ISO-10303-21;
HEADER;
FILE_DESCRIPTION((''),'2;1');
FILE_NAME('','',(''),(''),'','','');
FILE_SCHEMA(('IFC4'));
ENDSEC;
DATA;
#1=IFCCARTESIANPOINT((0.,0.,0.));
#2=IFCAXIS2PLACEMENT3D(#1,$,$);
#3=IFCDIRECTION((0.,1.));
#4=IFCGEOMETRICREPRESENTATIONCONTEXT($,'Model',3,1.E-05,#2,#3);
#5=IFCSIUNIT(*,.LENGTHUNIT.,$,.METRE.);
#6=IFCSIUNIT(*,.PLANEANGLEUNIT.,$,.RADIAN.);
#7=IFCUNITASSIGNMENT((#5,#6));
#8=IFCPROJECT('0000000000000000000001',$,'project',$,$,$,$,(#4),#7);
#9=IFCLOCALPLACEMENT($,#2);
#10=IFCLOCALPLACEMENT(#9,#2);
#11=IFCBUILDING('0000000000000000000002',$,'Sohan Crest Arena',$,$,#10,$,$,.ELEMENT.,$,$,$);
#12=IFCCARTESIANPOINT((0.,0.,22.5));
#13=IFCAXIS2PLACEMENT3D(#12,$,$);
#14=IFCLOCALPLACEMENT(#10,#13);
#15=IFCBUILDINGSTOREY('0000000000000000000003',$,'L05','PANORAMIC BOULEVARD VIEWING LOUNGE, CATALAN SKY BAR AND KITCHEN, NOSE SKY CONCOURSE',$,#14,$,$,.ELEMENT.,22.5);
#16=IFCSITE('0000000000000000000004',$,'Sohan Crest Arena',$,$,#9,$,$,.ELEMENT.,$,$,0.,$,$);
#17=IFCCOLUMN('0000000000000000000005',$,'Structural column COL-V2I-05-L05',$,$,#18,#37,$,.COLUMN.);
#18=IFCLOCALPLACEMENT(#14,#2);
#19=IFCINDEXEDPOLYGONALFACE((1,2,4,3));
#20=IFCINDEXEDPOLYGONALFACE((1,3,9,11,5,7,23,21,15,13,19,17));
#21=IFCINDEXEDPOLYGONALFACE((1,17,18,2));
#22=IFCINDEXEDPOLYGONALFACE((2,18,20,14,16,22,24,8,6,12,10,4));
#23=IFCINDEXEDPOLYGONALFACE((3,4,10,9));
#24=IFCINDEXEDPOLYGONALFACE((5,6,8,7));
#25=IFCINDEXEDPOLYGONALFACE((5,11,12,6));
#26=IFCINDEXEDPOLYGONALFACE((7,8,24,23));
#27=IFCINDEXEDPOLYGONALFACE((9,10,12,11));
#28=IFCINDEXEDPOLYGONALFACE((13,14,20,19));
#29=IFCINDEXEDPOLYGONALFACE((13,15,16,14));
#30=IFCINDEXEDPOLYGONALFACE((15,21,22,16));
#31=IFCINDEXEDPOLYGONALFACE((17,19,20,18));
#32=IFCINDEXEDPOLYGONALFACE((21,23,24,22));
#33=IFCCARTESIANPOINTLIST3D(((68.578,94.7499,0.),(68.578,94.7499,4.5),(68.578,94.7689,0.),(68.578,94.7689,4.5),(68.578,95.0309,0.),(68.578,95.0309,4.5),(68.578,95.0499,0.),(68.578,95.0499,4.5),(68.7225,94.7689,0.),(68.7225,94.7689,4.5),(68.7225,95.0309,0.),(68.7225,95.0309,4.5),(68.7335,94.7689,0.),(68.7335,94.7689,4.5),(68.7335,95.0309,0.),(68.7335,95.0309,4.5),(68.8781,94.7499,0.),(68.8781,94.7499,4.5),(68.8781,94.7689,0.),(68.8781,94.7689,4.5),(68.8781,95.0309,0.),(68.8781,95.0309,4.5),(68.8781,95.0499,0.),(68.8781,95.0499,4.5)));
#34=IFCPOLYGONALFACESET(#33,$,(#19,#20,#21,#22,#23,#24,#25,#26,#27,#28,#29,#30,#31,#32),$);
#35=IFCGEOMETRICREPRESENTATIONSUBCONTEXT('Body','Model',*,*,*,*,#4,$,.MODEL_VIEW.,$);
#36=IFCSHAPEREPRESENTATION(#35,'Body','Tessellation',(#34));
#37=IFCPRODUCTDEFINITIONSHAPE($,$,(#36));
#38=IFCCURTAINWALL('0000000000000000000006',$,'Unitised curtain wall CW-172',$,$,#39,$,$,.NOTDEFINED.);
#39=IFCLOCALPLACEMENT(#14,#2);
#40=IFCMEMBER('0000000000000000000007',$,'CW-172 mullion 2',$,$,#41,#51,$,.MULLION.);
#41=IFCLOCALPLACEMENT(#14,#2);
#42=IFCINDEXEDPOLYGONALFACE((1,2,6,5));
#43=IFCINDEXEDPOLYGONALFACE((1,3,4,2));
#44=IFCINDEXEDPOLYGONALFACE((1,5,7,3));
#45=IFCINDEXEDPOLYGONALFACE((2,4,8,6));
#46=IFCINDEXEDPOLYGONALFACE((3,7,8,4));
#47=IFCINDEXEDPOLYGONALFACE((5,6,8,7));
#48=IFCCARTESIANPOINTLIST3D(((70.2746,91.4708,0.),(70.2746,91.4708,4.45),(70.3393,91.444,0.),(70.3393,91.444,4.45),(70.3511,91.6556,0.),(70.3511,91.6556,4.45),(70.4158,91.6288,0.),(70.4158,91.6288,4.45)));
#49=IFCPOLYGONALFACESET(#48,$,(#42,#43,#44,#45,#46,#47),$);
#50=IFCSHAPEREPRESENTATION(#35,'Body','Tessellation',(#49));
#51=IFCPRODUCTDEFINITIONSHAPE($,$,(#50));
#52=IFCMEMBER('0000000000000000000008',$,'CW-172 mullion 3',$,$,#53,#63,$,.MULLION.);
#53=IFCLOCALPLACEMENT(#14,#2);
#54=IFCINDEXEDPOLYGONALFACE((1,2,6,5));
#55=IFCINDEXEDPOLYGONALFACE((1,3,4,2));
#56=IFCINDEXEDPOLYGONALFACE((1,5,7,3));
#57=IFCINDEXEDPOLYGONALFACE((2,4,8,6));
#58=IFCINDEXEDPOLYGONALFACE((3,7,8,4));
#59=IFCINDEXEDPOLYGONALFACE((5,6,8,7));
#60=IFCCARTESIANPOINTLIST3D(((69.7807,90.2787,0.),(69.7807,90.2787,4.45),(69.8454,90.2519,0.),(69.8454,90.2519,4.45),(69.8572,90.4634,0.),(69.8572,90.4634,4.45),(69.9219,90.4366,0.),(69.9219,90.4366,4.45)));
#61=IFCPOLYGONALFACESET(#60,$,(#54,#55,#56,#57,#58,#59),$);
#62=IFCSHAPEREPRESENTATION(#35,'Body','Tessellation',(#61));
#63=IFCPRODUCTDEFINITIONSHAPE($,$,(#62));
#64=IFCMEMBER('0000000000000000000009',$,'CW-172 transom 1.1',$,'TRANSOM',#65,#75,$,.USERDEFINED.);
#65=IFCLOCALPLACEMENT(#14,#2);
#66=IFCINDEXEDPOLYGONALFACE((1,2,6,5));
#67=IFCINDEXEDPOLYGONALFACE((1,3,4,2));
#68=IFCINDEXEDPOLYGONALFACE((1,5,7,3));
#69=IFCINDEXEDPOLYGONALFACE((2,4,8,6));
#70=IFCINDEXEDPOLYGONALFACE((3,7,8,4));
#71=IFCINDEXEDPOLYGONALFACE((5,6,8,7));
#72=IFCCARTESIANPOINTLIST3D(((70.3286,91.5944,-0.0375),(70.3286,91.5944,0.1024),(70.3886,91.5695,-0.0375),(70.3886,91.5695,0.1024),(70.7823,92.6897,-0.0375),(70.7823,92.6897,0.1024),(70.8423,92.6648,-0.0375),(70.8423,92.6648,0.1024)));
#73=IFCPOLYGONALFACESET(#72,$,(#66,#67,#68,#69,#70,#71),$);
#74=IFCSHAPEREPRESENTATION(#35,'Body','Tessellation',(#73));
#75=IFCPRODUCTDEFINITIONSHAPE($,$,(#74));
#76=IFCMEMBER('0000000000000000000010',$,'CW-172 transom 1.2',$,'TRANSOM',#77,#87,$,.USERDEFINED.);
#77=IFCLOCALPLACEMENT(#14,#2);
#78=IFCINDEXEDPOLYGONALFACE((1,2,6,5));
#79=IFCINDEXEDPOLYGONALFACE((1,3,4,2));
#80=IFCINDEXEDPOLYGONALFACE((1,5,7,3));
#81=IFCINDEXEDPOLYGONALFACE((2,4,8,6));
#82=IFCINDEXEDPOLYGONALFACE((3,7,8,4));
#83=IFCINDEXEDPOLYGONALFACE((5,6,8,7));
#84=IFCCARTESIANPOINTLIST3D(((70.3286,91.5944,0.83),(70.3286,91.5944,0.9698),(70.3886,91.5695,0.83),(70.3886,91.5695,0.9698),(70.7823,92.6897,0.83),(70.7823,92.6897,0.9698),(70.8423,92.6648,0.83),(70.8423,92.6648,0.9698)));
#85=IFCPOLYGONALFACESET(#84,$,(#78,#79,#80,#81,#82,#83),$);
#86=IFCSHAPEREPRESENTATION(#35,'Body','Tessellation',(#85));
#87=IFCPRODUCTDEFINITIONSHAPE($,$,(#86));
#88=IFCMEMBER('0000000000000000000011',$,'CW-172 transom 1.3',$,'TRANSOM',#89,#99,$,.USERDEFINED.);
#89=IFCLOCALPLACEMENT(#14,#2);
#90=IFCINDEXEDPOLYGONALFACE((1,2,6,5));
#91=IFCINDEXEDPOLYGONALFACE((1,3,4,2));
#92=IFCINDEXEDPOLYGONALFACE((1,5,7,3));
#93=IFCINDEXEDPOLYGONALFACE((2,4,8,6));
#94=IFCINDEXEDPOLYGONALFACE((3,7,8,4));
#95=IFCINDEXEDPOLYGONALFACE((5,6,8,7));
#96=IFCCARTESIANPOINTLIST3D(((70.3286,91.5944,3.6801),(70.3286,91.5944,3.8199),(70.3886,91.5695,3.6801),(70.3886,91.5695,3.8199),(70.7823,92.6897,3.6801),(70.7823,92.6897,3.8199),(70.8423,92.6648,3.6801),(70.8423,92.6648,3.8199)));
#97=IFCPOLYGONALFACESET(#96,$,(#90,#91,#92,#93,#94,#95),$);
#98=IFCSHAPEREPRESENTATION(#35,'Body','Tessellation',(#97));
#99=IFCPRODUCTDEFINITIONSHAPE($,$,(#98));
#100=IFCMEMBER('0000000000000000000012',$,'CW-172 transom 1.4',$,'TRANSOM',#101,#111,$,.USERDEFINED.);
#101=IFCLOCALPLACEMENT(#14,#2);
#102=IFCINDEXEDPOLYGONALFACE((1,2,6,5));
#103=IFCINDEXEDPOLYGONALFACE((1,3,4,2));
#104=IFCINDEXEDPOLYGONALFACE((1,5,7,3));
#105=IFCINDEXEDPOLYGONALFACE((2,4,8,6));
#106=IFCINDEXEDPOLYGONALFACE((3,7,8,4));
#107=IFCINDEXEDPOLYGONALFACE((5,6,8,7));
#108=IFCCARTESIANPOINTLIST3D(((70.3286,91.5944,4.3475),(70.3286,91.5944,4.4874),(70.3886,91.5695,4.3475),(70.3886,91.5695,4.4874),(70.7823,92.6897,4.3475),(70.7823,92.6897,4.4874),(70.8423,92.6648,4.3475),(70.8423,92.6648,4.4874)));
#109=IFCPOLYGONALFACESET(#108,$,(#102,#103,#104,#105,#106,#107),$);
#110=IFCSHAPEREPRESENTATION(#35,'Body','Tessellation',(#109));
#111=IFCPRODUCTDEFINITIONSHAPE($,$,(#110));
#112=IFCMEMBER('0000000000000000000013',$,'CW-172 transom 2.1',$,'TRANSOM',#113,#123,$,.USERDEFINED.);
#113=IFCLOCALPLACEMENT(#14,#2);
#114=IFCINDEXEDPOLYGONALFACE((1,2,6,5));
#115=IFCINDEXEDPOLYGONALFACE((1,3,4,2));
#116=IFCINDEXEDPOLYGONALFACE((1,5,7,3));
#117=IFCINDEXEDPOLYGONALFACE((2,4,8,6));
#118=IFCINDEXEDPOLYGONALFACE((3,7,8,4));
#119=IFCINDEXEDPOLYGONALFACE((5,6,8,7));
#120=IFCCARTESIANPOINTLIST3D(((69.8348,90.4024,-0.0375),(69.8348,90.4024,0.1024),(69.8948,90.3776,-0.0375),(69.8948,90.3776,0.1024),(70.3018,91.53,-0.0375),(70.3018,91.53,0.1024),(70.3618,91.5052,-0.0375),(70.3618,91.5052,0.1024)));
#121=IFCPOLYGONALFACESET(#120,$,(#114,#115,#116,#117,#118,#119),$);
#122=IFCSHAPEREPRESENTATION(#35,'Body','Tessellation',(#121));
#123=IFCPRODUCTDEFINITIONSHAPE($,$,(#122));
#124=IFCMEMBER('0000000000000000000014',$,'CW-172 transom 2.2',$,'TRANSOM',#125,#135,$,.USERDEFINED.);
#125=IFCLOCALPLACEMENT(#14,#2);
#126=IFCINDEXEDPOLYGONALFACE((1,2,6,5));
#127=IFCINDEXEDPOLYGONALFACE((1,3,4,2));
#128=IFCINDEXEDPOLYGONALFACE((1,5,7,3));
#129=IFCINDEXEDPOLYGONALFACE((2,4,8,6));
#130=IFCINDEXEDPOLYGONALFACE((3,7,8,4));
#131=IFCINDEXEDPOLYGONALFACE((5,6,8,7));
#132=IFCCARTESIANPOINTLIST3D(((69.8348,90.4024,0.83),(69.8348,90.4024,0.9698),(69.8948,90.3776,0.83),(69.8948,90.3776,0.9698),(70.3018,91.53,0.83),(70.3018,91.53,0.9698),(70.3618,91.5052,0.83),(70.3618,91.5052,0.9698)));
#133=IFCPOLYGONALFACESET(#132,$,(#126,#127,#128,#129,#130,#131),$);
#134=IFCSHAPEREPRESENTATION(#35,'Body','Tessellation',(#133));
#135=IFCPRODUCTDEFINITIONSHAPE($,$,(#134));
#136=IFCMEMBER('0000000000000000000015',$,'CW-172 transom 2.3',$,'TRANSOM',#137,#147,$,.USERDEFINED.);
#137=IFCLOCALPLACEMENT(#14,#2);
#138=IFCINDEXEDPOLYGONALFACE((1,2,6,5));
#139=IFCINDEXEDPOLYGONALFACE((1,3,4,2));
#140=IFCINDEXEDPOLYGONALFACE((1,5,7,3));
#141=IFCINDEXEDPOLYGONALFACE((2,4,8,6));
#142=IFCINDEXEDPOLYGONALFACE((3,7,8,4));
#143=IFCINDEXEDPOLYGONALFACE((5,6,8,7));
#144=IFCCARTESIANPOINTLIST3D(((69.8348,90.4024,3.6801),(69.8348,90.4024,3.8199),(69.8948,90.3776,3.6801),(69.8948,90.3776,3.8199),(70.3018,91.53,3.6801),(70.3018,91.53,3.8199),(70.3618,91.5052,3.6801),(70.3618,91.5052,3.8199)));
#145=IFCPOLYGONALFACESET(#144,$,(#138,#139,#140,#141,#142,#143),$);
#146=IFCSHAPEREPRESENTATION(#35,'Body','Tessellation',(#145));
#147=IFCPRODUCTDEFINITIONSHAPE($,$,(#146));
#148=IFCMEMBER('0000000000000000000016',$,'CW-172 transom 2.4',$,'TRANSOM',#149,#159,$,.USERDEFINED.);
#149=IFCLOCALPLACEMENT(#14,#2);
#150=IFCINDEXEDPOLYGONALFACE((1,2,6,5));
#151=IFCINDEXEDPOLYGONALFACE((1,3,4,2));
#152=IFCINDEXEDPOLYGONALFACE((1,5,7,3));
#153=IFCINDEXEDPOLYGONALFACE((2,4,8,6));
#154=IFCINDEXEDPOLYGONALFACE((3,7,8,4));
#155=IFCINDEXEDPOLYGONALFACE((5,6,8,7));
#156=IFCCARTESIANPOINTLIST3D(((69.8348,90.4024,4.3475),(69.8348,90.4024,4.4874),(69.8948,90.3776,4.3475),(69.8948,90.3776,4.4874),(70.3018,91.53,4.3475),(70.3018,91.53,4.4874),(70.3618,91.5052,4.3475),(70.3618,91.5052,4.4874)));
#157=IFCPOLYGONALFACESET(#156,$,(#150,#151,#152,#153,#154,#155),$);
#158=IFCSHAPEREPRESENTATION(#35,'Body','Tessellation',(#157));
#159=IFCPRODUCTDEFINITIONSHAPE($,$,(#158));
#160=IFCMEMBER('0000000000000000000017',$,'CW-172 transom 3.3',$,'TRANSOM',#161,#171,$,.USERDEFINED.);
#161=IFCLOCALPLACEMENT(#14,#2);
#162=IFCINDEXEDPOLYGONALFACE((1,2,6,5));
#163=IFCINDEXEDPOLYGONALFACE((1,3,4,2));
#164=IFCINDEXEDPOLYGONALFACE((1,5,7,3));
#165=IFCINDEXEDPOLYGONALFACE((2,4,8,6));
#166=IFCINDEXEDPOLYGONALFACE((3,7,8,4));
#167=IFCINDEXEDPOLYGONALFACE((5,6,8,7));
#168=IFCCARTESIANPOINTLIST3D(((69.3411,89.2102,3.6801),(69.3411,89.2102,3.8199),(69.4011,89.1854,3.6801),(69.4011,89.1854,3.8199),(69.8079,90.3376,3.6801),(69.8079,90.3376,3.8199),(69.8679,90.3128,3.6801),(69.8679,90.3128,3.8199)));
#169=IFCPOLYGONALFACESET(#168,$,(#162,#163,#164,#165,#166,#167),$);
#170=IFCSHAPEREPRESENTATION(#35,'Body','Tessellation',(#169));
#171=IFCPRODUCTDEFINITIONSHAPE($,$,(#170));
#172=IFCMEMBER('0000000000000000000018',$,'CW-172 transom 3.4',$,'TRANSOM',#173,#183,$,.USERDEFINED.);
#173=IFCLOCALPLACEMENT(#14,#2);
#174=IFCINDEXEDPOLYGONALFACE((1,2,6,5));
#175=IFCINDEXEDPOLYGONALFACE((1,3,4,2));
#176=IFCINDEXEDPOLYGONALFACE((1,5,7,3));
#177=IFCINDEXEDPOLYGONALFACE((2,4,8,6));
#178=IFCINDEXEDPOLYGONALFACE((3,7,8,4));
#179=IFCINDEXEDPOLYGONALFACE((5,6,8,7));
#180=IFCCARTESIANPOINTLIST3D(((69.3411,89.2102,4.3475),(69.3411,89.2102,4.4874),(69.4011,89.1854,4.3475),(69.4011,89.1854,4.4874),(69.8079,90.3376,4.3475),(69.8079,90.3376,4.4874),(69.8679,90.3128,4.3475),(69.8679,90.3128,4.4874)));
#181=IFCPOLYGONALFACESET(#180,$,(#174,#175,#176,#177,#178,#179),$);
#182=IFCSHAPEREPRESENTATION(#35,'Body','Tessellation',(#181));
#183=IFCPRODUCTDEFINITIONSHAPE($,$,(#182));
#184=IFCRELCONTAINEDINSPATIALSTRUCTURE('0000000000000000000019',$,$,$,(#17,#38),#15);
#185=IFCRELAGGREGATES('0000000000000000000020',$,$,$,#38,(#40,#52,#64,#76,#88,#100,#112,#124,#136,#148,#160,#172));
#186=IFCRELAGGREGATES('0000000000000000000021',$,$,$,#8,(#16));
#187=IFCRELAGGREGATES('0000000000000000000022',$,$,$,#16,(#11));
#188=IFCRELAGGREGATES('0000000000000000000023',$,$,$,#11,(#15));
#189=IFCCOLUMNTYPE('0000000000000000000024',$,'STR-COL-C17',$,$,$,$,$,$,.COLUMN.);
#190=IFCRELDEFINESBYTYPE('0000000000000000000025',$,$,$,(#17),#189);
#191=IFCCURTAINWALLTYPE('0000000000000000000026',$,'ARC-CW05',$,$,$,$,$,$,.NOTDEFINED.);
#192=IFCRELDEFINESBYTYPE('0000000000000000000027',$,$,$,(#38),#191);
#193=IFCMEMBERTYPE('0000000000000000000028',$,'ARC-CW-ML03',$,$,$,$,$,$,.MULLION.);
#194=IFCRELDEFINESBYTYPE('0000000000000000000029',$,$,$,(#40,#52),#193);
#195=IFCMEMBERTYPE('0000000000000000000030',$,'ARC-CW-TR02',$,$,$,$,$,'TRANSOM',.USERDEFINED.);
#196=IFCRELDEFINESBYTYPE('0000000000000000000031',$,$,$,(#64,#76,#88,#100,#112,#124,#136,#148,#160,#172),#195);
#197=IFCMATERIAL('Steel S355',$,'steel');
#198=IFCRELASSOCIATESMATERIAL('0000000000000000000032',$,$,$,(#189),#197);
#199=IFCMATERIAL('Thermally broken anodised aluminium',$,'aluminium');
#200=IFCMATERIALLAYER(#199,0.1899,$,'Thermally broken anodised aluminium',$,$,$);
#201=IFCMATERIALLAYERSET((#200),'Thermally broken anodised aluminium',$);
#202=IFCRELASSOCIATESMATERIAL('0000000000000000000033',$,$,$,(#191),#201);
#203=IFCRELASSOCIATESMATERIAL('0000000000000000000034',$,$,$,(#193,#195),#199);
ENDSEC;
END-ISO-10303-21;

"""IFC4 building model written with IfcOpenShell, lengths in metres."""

from ifc_helpers import new_model, si_unit, direction, frame, origin, origin_2d, place, context, subcontext, project, spatial, rectangle, i_section, extrude, material, layer, layer_set, material_profile, profile_set, type_object, element, aggregate, save


model = new_model("IFC4")

# Units and contexts
model_context = context("Model", 3, precision=1e-05, world=origin(), true_north=direction((0.0, 1.0)))
body_context = subcontext(model_context, "Body", "Model", "MODEL_VIEW")
ifc_project = project(units=[si_unit("LENGTHUNIT", "METRE"), si_unit("PLANEANGLEUNIT", "RADIAN")], contexts=[model_context])

# Site, building, storey
site_placement = place(None, origin())
site = spatial("IfcSite", under=ifc_project, at=site_placement, Name="Sohan Crest Arena", CompositionType="ELEMENT", RefElevation=0.0)
building_placement = place(site_placement, origin())
building = spatial("IfcBuilding", under=site, at=building_placement, Name="Sohan Crest Arena", CompositionType="ELEMENT")
storey_placement = place(building_placement, frame((0.0, 0.0, 22.5)))
storey = spatial("IfcBuildingStorey", under=building, at=storey_placement, Name="L05", Description="PANORAMIC BOULEVARD VIEWING LOUNGE, CATALAN SKY BAR AND KITCHEN, NOSE SKY CONCOURSE", CompositionType="ELEMENT", Elevation=22.5)

# Column
ifc_material_1 = material(Name="Steel S355", Category="steel")
ifc_material_profile_1 = material_profile(ifc_material_1, i_section(OverallWidth=0.3, OverallDepth=0.3, WebThickness=0.011, FlangeThickness=0.019, at=origin_2d()), Name="HEB 300")
ifc_profile_set_1 = profile_set([ifc_material_profile_1], Name="Steel S355")
column_type = type_object("IfcColumnType", Name="STR-COL-C17", PredefinedType="COLUMN", material=ifc_profile_set_1)
column_placement = place(storey_placement, frame((68.728, 94.8999, 0.0), z_axis=(0.0, 0.0, 1.0), x_axis=(1.0, 0.0, 0.0)))
element("IfcColumn", 1, at=column_placement, inside=storey, type_object=column_type, Name="Structural column COL-V2I-05-L05", PredefinedType="COLUMN", context=body_context, shape_type="SweptSolid", body=[
    extrude(i_section(OverallWidth=0.3, OverallDepth=0.3, WebThickness=0.011, FlangeThickness=0.019, at=origin_2d()), origin(), (0.0, 0.0, 1.0), 4.5),
])

# Curtain wall, members
ifc_material_2 = material(Name="Thermally broken anodised aluminium", Category="aluminium")
ifc_layer_1 = layer(ifc_material_2, 0.1899, Name="Thermally broken anodised aluminium")
ifc_layer_set_1 = layer_set([ifc_layer_1], Name="Thermally broken anodised aluminium")
curtain_wall_type = type_object("IfcCurtainWallType", Name="ARC-CW05", PredefinedType="NOTDEFINED", material=ifc_layer_set_1)
curtain_wall_placement = place(storey_placement, origin())
curtain_wall = element("IfcCurtainWall", 2, at=curtain_wall_placement, inside=storey, type_object=curtain_wall_type, Name="Unitised curtain wall CW-172", PredefinedType="NOTDEFINED")
ifc_material_profile_2 = material_profile(ifc_material_2, rectangle(XDim=0.0701, YDim=0.2, at=origin_2d()), Name="ALU-MULL 70x200")
ifc_profile_set_2 = profile_set([ifc_material_profile_2], Name="Thermally broken anodised aluminium")
member_type_1 = type_object("IfcMemberType", Name="ARC-CW-ML03", PredefinedType="MULLION", material=ifc_profile_set_2)
member_1_placement = place(storey_placement, frame((70.3452, 91.5498, 0.0), z_axis=(0.0, 0.0, 1.0), x_axis=(0.923886, -0.382667, 0.0)))
member_1 = element("IfcMember", 3, at=member_1_placement, type_object=member_type_1, Name="CW-172 mullion 2", PredefinedType="MULLION", context=body_context, shape_type="SweptSolid", body=[
    extrude(rectangle(XDim=0.0701, YDim=0.2, at=origin_2d()), origin(), (0.0, 0.0, 1.0), 4.45),
])
member_2_placement = place(storey_placement, frame((69.8513, 90.3577, 0.0), z_axis=(0.0, 0.0, 1.0), x_axis=(0.923886, -0.382667, 0.0)))
member_2 = element("IfcMember", 4, at=member_2_placement, type_object=member_type_1, Name="CW-172 mullion 3", PredefinedType="MULLION", context=body_context, shape_type="SweptSolid", body=[
    extrude(rectangle(XDim=0.0701, YDim=0.2, at=origin_2d()), origin(), (0.0, 0.0, 1.0), 4.45),
])
ifc_material_profile_3 = material_profile(ifc_material_2, rectangle(XDim=0.0649, YDim=0.1399, at=origin_2d()), Name="ALU-TRAN 65x140")
ifc_profile_set_3 = profile_set([ifc_material_profile_3], Name="Thermally broken anodised aluminium")
member_type_2 = type_object("IfcMemberType", Name="ARC-CW-TR02", ElementType="TRANSOM", PredefinedType="USERDEFINED", material=ifc_profile_set_3)
member_3_placement = place(storey_placement, frame((70.8123, 92.6772, 0.0325), z_axis=(-0.382655, -0.923891, 0.0), x_axis=(0.923891, -0.382655, 0.0)))
member_3 = element("IfcMember", 5, at=member_3_placement, type_object=member_type_2, Name="CW-172 transom 1.1", ObjectType="TRANSOM", PredefinedType="USERDEFINED", context=body_context, shape_type="SweptSolid", body=[
    extrude(rectangle(XDim=0.0649, YDim=0.1399, at=origin_2d()), origin(), (0.0, 0.0, 1.0), 1.1855),
])
member_4_placement = place(storey_placement, frame((70.8123, 92.6772, 0.8999), z_axis=(-0.382655, -0.923891, 0.0), x_axis=(0.923891, -0.382655, 0.0)))
member_4 = element("IfcMember", 6, at=member_4_placement, type_object=member_type_2, Name="CW-172 transom 1.2", ObjectType="TRANSOM", PredefinedType="USERDEFINED", context=body_context, shape_type="SweptSolid", body=[
    extrude(rectangle(XDim=0.0649, YDim=0.1399, at=origin_2d()), origin(), (0.0, 0.0, 1.0), 1.1855),
])
member_5_placement = place(storey_placement, frame((70.8123, 92.6772, 3.75), z_axis=(-0.382655, -0.923891, 0.0), x_axis=(0.923891, -0.382655, 0.0)))
member_5 = element("IfcMember", 7, at=member_5_placement, type_object=member_type_2, Name="CW-172 transom 1.3", ObjectType="TRANSOM", PredefinedType="USERDEFINED", context=body_context, shape_type="SweptSolid", body=[
    extrude(rectangle(XDim=0.0649, YDim=0.1399, at=origin_2d()), origin(), (0.0, 0.0, 1.0), 1.1855),
])
member_6_placement = place(storey_placement, frame((70.8123, 92.6772, 4.4175), z_axis=(-0.382655, -0.923891, 0.0), x_axis=(0.923891, -0.382655, 0.0)))
member_6 = element("IfcMember", 8, at=member_6_placement, type_object=member_type_2, Name="CW-172 transom 1.4", ObjectType="TRANSOM", PredefinedType="USERDEFINED", context=body_context, shape_type="SweptSolid", body=[
    extrude(rectangle(XDim=0.0649, YDim=0.1399, at=origin_2d()), origin(), (0.0, 0.0, 1.0), 1.1855),
])
member_7_placement = place(storey_placement, frame((70.3318, 91.5176, 0.0325), z_axis=(-0.38264, -0.923897, 0.0), x_axis=(0.923897, -0.38264, 0.0)))
member_7 = element("IfcMember", 9, at=member_7_placement, type_object=member_type_2, Name="CW-172 transom 2.1", ObjectType="TRANSOM", PredefinedType="USERDEFINED", context=body_context, shape_type="SweptSolid", body=[
    extrude(rectangle(XDim=0.0649, YDim=0.1399, at=origin_2d()), origin(), (0.0, 0.0, 1.0), 1.2205),
])
member_8_placement = place(storey_placement, frame((70.3318, 91.5176, 0.8999), z_axis=(-0.38264, -0.923897, 0.0), x_axis=(0.923897, -0.38264, 0.0)))
member_8 = element("IfcMember", 10, at=member_8_placement, type_object=member_type_2, Name="CW-172 transom 2.2", ObjectType="TRANSOM", PredefinedType="USERDEFINED", context=body_context, shape_type="SweptSolid", body=[
    extrude(rectangle(XDim=0.0649, YDim=0.1399, at=origin_2d()), origin(), (0.0, 0.0, 1.0), 1.2205),
])
member_9_placement = place(storey_placement, frame((70.3318, 91.5176, 3.75), z_axis=(-0.38264, -0.923897, 0.0), x_axis=(0.923897, -0.38264, 0.0)))
member_9 = element("IfcMember", 11, at=member_9_placement, type_object=member_type_2, Name="CW-172 transom 2.3", ObjectType="TRANSOM", PredefinedType="USERDEFINED", context=body_context, shape_type="SweptSolid", body=[
    extrude(rectangle(XDim=0.0649, YDim=0.1399, at=origin_2d()), origin(), (0.0, 0.0, 1.0), 1.2205),
])
member_10_placement = place(storey_placement, frame((70.3318, 91.5176, 4.4175), z_axis=(-0.38264, -0.923897, 0.0), x_axis=(0.923897, -0.38264, 0.0)))
member_10 = element("IfcMember", 12, at=member_10_placement, type_object=member_type_2, Name="CW-172 transom 2.4", ObjectType="TRANSOM", PredefinedType="USERDEFINED", context=body_context, shape_type="SweptSolid", body=[
    extrude(rectangle(XDim=0.0649, YDim=0.1399, at=origin_2d()), origin(), (0.0, 0.0, 1.0), 1.2205),
])
member_11_placement = place(storey_placement, frame((69.8379, 90.3252, 3.75), z_axis=(-0.38254, -0.923939, 0.0), x_axis=(0.923939, -0.38254, 0.0)))
member_11 = element("IfcMember", 13, at=member_11_placement, type_object=member_type_2, Name="CW-172 transom 3.3", ObjectType="TRANSOM", PredefinedType="USERDEFINED", context=body_context, shape_type="SweptSolid", body=[
    extrude(rectangle(XDim=0.0649, YDim=0.1399, at=origin_2d()), origin(), (0.0, 0.0, 1.0), 1.2202),
])
member_12_placement = place(storey_placement, frame((69.8379, 90.3252, 4.4175), z_axis=(-0.38254, -0.923939, 0.0), x_axis=(0.923939, -0.38254, 0.0)))
member_12 = element("IfcMember", 14, at=member_12_placement, type_object=member_type_2, Name="CW-172 transom 3.4", ObjectType="TRANSOM", PredefinedType="USERDEFINED", context=body_context, shape_type="SweptSolid", body=[
    extrude(rectangle(XDim=0.0649, YDim=0.1399, at=origin_2d()), origin(), (0.0, 0.0, 1.0), 1.2202),
])

aggregate(curtain_wall, [member_1, member_2, member_3, member_4, member_5, member_6, member_7, member_8, member_9, member_10, member_11, member_12])

save(model, "model.ifc")
